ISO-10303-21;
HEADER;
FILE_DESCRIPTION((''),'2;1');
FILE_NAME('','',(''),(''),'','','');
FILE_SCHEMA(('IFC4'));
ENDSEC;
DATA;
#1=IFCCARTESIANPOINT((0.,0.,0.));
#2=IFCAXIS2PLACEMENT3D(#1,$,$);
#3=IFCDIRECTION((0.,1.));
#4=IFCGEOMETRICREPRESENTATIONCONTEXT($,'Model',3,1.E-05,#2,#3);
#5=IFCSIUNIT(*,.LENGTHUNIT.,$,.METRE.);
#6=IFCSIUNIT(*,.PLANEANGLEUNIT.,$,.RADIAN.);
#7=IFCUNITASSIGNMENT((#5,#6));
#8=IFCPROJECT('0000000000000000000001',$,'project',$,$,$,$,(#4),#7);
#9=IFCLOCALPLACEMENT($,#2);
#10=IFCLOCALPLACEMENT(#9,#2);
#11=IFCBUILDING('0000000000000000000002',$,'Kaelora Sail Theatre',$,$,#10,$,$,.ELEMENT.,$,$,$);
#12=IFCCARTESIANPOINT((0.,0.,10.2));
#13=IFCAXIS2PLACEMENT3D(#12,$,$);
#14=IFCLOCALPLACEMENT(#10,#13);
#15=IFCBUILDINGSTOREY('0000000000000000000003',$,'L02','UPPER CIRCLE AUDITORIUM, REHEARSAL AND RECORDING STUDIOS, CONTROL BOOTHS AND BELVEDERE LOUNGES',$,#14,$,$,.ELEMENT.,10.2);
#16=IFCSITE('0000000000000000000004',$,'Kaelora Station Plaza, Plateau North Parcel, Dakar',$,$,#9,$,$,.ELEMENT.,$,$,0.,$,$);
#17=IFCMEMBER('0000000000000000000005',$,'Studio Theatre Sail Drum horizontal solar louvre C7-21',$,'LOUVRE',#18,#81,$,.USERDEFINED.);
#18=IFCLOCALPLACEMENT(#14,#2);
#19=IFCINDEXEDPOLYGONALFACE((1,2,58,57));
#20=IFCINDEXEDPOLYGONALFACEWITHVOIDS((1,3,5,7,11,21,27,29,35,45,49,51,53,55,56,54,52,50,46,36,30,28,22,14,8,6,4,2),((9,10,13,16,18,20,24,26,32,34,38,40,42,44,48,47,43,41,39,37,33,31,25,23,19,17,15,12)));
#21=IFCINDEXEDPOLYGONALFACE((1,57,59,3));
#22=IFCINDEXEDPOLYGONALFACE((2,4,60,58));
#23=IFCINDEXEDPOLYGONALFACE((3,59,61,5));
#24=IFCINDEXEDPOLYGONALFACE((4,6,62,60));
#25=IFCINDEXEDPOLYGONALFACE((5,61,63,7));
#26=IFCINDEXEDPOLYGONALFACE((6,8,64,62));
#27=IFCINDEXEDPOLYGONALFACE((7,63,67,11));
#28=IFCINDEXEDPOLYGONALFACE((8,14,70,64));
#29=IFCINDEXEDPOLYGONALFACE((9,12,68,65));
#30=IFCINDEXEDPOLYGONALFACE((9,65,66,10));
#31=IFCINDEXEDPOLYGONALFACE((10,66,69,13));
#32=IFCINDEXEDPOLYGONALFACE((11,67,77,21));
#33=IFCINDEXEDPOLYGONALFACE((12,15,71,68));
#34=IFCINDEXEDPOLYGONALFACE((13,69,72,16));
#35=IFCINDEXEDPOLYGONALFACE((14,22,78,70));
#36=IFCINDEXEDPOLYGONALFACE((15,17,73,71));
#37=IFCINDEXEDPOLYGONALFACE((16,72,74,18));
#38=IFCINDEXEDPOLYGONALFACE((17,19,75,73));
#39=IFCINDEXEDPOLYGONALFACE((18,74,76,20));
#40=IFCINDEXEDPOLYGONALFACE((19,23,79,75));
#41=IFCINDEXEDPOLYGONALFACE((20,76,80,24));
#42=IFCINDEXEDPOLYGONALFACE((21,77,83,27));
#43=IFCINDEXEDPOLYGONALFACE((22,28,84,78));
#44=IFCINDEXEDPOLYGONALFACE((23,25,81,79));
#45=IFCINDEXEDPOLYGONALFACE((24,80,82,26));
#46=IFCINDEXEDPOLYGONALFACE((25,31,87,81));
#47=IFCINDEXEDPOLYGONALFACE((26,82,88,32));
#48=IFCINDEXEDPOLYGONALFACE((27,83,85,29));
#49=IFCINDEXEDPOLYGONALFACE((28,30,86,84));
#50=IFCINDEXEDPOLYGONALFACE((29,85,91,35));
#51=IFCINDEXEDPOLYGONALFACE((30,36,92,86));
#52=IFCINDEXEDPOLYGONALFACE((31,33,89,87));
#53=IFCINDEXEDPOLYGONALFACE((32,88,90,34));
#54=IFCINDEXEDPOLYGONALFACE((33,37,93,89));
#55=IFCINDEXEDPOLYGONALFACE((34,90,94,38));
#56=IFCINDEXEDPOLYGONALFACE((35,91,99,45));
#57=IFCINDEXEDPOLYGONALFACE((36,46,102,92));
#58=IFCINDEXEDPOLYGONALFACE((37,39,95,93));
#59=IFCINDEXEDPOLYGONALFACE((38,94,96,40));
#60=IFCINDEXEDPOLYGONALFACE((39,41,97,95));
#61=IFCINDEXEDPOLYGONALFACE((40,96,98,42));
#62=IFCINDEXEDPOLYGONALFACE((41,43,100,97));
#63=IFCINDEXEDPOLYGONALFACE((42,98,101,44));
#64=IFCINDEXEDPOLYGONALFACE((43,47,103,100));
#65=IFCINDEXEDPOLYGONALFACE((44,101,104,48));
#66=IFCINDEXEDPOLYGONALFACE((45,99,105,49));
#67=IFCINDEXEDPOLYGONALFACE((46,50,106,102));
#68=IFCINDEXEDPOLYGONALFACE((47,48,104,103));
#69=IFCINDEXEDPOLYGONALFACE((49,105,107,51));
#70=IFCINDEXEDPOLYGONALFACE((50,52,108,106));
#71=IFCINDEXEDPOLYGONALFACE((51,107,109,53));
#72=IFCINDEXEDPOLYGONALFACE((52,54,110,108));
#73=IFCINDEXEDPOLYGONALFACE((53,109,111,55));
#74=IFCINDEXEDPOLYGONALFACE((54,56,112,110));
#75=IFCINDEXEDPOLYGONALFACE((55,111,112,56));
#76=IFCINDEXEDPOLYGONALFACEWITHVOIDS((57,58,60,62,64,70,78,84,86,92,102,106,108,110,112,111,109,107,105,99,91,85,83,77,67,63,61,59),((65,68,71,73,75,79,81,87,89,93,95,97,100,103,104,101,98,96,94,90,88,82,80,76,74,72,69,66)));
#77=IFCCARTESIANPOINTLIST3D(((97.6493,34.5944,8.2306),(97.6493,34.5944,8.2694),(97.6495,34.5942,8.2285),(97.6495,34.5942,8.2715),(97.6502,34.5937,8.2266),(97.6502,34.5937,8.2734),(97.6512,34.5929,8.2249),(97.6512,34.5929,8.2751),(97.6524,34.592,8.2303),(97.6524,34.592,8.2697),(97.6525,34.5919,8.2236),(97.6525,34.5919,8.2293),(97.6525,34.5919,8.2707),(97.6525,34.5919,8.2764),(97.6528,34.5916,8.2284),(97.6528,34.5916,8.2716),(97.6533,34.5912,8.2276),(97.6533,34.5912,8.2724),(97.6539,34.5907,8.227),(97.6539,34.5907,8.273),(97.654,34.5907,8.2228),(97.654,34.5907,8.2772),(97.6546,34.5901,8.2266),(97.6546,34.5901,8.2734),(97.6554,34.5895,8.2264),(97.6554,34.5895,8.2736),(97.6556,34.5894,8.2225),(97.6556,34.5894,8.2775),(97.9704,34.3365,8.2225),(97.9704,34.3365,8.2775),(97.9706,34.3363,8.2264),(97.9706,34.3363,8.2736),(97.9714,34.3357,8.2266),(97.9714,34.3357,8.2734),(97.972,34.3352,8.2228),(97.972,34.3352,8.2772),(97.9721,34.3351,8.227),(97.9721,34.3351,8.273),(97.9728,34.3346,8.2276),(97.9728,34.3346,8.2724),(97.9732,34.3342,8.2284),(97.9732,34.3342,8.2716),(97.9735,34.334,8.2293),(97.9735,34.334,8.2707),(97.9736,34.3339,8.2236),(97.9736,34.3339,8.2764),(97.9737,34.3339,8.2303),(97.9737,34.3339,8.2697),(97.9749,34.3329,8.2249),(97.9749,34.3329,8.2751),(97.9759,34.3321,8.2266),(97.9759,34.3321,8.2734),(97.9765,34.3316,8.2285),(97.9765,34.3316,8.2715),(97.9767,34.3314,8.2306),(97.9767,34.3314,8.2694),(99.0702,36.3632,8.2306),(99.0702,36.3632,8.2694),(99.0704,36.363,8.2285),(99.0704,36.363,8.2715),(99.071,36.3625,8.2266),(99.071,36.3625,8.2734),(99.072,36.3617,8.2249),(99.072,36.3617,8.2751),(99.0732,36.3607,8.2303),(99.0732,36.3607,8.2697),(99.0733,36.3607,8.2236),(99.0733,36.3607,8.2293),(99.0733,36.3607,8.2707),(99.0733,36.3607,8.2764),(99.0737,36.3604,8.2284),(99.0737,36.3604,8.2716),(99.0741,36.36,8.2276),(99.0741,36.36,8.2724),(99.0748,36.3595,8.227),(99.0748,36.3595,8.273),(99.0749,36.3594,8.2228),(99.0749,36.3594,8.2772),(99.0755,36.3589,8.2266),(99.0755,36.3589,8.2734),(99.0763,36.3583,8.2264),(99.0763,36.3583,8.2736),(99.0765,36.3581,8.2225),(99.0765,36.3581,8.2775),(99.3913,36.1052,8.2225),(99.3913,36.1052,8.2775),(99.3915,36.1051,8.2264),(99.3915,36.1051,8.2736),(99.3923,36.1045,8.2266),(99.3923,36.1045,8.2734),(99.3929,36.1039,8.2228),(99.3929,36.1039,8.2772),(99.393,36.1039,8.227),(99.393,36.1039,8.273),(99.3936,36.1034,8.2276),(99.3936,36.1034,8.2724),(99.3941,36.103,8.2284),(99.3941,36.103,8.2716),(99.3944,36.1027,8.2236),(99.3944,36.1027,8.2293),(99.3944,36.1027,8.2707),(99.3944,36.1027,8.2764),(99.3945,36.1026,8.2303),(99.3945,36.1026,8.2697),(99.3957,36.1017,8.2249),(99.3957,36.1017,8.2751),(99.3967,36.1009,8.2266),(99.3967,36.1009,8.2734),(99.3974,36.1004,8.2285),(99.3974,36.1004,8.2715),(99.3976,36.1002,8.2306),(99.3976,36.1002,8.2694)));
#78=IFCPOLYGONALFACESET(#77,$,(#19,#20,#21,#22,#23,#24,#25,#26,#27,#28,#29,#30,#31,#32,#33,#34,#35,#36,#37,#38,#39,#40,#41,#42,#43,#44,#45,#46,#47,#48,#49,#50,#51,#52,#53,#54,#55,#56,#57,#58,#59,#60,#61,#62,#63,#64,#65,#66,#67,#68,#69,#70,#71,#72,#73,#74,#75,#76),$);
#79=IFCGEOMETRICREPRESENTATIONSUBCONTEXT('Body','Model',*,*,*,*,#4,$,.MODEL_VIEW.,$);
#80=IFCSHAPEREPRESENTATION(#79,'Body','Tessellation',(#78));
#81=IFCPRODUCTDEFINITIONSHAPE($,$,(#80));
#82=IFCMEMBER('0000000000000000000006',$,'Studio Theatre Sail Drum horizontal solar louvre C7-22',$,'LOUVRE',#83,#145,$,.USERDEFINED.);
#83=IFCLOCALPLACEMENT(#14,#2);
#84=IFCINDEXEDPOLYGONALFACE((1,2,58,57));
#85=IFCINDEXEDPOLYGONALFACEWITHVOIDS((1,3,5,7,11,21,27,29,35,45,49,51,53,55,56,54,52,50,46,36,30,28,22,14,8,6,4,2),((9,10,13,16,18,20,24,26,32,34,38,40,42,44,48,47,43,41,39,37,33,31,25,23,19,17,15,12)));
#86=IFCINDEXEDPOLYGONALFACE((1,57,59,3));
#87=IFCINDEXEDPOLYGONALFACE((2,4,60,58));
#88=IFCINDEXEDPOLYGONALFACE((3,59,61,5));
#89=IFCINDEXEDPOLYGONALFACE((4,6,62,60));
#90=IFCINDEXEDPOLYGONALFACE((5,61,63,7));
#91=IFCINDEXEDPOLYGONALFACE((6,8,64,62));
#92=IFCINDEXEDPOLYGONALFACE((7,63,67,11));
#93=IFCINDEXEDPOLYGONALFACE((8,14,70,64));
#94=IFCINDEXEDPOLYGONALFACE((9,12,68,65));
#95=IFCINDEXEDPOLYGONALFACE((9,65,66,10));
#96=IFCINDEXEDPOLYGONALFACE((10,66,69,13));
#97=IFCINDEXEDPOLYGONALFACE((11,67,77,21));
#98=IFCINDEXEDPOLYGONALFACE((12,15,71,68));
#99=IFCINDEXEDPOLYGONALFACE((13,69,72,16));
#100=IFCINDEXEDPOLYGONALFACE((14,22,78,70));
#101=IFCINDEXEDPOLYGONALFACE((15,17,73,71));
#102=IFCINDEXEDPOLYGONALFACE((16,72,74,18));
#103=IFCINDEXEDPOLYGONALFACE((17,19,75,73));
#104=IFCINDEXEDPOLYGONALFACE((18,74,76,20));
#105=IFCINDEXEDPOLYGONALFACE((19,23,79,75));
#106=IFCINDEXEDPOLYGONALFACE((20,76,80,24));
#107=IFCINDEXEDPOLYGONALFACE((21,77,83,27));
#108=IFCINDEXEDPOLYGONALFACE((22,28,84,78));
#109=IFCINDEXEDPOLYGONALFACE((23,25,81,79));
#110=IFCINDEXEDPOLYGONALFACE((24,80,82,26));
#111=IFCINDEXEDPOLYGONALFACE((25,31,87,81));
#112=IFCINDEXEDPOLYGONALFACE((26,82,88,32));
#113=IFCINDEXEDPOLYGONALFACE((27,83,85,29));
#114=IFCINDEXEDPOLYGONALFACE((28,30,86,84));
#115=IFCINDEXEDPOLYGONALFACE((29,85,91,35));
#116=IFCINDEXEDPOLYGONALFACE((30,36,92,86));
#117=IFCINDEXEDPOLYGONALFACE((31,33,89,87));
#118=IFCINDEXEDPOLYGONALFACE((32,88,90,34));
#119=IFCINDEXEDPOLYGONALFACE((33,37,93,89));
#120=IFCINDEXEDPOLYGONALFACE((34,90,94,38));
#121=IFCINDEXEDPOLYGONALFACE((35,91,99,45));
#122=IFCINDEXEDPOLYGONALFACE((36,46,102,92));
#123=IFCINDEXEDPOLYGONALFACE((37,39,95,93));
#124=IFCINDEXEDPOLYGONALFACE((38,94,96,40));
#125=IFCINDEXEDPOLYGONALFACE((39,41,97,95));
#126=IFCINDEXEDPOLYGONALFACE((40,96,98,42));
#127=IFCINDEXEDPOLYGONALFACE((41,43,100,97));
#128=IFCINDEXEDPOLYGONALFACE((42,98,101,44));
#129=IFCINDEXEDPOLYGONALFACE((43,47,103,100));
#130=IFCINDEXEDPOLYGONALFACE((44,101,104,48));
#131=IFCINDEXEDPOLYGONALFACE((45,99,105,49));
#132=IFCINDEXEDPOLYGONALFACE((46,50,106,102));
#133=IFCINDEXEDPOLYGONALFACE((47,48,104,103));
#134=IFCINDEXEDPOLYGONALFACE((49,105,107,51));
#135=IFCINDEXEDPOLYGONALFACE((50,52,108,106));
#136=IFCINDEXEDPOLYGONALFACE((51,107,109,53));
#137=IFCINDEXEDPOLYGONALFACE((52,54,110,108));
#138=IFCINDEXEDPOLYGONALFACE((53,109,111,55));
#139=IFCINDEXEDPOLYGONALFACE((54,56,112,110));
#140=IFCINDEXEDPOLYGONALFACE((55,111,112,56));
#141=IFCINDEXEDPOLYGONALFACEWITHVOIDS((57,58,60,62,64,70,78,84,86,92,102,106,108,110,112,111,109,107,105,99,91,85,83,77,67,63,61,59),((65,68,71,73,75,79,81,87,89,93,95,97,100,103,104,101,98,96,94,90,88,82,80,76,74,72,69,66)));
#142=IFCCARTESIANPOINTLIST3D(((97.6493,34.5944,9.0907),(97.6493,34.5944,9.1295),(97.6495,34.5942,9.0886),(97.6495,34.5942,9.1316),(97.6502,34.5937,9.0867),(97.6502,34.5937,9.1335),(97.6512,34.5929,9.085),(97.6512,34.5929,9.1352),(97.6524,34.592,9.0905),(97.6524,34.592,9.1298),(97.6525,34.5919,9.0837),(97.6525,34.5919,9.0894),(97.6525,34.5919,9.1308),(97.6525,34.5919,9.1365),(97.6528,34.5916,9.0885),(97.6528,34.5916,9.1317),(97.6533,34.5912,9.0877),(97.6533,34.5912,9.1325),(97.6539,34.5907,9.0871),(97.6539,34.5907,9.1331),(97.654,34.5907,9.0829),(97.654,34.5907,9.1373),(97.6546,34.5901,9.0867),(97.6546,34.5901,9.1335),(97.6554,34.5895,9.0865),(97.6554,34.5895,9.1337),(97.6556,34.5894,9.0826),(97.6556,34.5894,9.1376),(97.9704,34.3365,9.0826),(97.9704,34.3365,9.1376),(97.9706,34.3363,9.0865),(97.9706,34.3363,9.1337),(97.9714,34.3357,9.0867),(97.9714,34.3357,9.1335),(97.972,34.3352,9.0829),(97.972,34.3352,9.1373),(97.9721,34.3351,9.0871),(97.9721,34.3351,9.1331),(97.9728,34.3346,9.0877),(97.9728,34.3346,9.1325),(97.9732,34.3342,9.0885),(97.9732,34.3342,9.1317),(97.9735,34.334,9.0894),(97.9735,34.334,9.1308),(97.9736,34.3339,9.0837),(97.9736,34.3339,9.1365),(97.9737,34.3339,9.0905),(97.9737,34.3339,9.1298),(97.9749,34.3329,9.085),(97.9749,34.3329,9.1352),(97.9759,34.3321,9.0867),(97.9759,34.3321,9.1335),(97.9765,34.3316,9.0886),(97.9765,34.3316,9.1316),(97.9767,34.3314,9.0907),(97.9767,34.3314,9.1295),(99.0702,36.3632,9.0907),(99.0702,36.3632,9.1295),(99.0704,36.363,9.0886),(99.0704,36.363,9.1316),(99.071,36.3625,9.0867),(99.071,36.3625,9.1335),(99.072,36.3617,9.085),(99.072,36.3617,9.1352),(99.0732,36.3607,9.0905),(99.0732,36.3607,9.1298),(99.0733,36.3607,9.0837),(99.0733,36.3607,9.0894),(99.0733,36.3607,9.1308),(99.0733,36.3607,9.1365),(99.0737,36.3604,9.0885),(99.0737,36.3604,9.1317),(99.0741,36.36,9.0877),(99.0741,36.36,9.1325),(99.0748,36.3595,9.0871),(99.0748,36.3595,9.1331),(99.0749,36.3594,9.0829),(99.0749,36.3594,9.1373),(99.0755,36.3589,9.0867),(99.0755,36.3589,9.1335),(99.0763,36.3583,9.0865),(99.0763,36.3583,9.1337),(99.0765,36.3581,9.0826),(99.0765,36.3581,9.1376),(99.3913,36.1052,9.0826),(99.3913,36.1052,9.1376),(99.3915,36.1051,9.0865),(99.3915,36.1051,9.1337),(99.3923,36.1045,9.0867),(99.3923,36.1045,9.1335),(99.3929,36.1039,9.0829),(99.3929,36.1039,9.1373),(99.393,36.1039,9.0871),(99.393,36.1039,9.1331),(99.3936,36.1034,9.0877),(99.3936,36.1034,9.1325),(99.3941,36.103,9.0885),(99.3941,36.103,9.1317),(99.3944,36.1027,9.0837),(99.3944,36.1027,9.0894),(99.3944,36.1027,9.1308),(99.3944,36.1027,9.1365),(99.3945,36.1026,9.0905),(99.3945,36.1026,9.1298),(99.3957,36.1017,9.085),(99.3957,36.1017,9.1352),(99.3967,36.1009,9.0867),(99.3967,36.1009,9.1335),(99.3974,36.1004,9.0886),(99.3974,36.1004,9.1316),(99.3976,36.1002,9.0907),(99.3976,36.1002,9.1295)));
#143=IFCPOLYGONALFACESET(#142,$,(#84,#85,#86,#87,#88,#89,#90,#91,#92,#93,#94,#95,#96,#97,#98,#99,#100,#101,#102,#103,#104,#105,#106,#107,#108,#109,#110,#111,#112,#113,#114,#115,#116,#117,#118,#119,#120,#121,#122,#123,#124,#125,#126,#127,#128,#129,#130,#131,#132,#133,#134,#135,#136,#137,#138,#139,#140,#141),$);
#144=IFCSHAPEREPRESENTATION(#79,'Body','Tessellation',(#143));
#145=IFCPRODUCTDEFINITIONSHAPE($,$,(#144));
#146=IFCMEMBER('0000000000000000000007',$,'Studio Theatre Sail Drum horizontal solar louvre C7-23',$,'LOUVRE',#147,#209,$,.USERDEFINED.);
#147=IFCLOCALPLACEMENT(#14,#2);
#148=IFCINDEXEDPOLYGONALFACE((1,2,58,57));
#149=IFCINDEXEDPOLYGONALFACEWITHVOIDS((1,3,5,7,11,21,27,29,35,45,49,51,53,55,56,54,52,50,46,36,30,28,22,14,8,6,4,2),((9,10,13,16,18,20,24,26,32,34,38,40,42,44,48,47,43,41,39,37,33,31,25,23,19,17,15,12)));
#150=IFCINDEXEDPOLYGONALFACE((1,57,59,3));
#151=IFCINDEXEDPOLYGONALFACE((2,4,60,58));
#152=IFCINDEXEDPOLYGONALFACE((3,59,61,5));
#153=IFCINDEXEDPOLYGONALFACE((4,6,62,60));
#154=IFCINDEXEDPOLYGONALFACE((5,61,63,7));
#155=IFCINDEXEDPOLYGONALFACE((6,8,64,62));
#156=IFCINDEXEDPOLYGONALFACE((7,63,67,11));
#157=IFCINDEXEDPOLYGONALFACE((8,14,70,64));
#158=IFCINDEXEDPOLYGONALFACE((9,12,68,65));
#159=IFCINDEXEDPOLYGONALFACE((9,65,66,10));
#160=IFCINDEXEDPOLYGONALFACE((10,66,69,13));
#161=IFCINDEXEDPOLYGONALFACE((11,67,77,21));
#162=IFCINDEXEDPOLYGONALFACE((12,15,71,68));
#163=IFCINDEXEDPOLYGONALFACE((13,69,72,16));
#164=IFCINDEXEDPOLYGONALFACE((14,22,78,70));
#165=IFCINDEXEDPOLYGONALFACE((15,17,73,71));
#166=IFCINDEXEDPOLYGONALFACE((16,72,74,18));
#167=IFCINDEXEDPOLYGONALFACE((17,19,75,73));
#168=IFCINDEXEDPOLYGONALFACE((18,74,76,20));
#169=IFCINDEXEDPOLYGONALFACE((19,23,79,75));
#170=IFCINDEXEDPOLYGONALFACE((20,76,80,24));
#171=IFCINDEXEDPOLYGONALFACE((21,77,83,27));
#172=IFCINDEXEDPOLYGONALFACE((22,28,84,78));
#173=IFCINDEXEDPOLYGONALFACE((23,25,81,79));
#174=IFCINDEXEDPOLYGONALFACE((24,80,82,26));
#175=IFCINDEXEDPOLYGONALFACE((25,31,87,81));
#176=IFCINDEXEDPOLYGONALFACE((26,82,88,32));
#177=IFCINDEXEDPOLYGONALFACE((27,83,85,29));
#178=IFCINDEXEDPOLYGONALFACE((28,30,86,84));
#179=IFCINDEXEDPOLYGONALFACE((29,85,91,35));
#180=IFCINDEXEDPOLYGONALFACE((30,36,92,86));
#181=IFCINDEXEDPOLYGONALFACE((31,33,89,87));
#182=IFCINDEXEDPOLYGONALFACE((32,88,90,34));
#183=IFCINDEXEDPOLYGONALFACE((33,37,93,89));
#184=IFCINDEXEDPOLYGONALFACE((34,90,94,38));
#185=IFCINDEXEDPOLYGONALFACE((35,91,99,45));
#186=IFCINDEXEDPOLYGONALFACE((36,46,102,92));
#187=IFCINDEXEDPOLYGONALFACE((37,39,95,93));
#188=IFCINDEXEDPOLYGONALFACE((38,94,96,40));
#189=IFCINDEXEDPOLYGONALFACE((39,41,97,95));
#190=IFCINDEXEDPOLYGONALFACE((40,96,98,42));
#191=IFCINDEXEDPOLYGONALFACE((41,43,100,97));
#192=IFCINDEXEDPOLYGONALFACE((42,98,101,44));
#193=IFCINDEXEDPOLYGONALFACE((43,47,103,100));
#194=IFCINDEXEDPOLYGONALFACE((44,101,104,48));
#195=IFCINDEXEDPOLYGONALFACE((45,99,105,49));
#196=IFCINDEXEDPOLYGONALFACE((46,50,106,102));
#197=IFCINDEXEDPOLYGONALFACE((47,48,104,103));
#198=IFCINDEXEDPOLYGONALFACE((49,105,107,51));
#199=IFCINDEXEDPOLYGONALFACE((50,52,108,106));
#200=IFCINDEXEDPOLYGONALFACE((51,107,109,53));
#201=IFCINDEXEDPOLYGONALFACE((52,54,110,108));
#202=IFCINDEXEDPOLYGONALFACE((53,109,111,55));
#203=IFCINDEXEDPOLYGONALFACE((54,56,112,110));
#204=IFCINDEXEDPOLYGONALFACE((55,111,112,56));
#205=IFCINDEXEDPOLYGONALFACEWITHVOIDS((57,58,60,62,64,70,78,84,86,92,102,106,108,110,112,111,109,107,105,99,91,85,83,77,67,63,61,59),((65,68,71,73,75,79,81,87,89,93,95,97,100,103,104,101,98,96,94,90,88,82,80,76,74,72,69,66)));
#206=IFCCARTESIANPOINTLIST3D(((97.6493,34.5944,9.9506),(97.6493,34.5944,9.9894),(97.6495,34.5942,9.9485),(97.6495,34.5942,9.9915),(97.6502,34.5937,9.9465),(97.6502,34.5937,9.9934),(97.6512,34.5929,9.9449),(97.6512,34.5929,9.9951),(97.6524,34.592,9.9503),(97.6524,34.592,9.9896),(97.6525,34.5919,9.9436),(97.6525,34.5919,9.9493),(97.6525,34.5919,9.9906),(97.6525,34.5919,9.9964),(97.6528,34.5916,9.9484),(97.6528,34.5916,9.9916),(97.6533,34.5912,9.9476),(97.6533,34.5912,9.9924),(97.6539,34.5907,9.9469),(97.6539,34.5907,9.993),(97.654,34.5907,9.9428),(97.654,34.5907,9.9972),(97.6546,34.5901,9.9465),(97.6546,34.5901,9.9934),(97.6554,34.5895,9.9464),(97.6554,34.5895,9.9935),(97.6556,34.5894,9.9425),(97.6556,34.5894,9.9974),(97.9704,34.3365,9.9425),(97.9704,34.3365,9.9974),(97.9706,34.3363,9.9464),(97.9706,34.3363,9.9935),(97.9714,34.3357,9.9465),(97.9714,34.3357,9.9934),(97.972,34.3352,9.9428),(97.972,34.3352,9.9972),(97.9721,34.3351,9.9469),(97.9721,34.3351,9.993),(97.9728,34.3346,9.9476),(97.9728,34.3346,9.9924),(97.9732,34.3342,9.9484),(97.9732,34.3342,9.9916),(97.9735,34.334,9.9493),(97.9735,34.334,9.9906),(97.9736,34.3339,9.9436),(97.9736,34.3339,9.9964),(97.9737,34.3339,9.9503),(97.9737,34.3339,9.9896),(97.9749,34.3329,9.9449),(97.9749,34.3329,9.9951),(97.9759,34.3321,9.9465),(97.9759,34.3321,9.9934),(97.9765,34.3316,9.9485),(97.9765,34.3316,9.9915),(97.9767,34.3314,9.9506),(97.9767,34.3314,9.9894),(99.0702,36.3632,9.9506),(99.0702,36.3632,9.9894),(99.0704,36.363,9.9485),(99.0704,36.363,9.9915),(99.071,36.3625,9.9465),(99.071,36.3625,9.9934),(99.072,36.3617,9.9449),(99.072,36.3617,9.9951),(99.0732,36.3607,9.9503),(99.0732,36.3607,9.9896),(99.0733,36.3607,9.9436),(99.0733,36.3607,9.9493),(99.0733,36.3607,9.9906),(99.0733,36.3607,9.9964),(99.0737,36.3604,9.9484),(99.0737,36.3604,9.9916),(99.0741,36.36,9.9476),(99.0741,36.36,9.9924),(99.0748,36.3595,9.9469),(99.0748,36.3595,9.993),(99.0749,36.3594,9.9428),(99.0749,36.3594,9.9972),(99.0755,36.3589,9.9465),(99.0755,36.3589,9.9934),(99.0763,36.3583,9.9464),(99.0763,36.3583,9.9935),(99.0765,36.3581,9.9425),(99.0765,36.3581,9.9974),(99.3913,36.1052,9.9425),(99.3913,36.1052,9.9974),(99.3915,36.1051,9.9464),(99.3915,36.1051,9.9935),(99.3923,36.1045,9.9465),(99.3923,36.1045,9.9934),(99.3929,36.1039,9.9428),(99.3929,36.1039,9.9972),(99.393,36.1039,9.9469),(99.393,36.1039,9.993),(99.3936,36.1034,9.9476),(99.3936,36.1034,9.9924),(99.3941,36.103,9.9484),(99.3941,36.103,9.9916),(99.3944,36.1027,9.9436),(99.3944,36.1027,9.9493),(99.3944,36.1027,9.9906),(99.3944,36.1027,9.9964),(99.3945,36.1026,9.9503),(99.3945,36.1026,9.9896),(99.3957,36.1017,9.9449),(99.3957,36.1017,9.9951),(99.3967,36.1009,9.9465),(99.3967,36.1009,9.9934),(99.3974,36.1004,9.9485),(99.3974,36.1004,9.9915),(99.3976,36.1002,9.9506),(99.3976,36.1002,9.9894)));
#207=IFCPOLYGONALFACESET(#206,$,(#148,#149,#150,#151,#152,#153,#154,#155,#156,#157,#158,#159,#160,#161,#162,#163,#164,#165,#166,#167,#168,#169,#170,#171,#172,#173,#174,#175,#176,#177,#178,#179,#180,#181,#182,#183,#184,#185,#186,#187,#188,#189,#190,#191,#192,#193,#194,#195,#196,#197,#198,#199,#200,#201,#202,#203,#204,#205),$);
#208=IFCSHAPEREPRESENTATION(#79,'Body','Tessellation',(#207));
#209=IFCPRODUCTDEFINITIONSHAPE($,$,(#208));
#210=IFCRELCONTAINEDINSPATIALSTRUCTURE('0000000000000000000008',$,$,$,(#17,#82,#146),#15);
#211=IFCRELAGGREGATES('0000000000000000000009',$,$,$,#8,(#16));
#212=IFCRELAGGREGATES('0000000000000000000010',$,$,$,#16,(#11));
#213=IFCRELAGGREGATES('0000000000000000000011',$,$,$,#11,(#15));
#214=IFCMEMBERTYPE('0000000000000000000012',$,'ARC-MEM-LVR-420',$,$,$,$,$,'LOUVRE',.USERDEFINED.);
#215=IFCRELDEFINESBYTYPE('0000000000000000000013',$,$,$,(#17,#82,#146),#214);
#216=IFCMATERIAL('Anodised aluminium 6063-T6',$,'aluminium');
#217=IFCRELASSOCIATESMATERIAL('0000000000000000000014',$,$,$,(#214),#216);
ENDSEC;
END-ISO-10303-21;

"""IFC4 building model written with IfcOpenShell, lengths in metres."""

from ifc_helpers import new_model, si_unit, direction, frame, origin, origin_2d, place, context, subcontext, project, spatial, hollow_rectangle, extrude, material, material_profile, profile_set, type_object, element, save


model = new_model("IFC4")

# Units and contexts
model_context = context("Model", 3, precision=1e-05, world=origin(), true_north=direction((0.0, 1.0)))
body_context = subcontext(model_context, "Body", "Model", "MODEL_VIEW")
ifc_project = project(units=[si_unit("LENGTHUNIT", "METRE"), si_unit("PLANEANGLEUNIT", "RADIAN")], contexts=[model_context])

# Site, building, storey
site_placement = place(None, origin())
site = spatial("IfcSite", under=ifc_project, at=site_placement, Name="Kaelora Station Plaza, Plateau North Parcel, Dakar", CompositionType="ELEMENT", RefElevation=0.0)
building_placement = place(site_placement, origin())
building = spatial("IfcBuilding", under=site, at=building_placement, Name="Kaelora Sail Theatre", CompositionType="ELEMENT")
storey_placement = place(building_placement, frame((0.0, 0.0, 10.2)))
storey = spatial("IfcBuildingStorey", under=building, at=storey_placement, Name="L02", Description="UPPER CIRCLE AUDITORIUM, REHEARSAL AND RECORDING STUDIOS, CONTROL BOOTHS AND BELVEDERE LOUNGES", CompositionType="ELEMENT", Elevation=10.2)

# Members
ifc_material_1 = material(Name="Anodised aluminium 6063-T6", Category="aluminium")
ifc_material_profile_1 = material_profile(ifc_material_1, hollow_rectangle(XDim=0.4199, YDim=0.0549, WallThickness=0.0039, InnerFilletRadius=0.0039, OuterFilletRadius=0.0081, at=origin_2d()), Name="LOUVRE 420x55x4")
ifc_profile_set_1 = profile_set([ifc_material_profile_1], Name="Anodised aluminium 6063-T6")
member_type = type_object("IfcMemberType", Name="ARC-MEM-LVR-420", ElementType="LOUVRE", PredefinedType="USERDEFINED", material=ifc_profile_set_1)
for number, where, z_axis, x_axis, name in (
    (1, (99.2339, 36.2317, 8.25), (-0.626269, -0.779607, 0.0), (0.779607, -0.626269, 0.0), "Studio Theatre Sail Drum horizontal solar louvre C7-21"),
    (2, (99.2339, 36.2317, 9.1101), (-0.626269, -0.779607, 0.0), (0.779607, -0.626269, 0.0), "Studio Theatre Sail Drum horizontal solar louvre C7-22"),
    (3, (99.2339, 36.2317, 9.97), (-0.626269, -0.779607, 0.0), (0.779607, -0.626269, 0.0), "Studio Theatre Sail Drum horizontal solar louvre C7-23"),
):
    element("IfcMember", number, at=place(storey_placement, frame(where, z_axis=z_axis, x_axis=x_axis)), inside=storey, type_object=member_type, Name=name, ObjectType="LOUVRE", PredefinedType="USERDEFINED", context=body_context, shape_type="SweptSolid", body=[
        extrude(hollow_rectangle(XDim=0.4199, YDim=0.0549, WallThickness=0.0039, InnerFilletRadius=0.0039, OuterFilletRadius=0.0081, at=origin_2d()), origin(), (0.0, 0.0, 1.0), 2.2688),
    ])

save(model, "model.ifc")
